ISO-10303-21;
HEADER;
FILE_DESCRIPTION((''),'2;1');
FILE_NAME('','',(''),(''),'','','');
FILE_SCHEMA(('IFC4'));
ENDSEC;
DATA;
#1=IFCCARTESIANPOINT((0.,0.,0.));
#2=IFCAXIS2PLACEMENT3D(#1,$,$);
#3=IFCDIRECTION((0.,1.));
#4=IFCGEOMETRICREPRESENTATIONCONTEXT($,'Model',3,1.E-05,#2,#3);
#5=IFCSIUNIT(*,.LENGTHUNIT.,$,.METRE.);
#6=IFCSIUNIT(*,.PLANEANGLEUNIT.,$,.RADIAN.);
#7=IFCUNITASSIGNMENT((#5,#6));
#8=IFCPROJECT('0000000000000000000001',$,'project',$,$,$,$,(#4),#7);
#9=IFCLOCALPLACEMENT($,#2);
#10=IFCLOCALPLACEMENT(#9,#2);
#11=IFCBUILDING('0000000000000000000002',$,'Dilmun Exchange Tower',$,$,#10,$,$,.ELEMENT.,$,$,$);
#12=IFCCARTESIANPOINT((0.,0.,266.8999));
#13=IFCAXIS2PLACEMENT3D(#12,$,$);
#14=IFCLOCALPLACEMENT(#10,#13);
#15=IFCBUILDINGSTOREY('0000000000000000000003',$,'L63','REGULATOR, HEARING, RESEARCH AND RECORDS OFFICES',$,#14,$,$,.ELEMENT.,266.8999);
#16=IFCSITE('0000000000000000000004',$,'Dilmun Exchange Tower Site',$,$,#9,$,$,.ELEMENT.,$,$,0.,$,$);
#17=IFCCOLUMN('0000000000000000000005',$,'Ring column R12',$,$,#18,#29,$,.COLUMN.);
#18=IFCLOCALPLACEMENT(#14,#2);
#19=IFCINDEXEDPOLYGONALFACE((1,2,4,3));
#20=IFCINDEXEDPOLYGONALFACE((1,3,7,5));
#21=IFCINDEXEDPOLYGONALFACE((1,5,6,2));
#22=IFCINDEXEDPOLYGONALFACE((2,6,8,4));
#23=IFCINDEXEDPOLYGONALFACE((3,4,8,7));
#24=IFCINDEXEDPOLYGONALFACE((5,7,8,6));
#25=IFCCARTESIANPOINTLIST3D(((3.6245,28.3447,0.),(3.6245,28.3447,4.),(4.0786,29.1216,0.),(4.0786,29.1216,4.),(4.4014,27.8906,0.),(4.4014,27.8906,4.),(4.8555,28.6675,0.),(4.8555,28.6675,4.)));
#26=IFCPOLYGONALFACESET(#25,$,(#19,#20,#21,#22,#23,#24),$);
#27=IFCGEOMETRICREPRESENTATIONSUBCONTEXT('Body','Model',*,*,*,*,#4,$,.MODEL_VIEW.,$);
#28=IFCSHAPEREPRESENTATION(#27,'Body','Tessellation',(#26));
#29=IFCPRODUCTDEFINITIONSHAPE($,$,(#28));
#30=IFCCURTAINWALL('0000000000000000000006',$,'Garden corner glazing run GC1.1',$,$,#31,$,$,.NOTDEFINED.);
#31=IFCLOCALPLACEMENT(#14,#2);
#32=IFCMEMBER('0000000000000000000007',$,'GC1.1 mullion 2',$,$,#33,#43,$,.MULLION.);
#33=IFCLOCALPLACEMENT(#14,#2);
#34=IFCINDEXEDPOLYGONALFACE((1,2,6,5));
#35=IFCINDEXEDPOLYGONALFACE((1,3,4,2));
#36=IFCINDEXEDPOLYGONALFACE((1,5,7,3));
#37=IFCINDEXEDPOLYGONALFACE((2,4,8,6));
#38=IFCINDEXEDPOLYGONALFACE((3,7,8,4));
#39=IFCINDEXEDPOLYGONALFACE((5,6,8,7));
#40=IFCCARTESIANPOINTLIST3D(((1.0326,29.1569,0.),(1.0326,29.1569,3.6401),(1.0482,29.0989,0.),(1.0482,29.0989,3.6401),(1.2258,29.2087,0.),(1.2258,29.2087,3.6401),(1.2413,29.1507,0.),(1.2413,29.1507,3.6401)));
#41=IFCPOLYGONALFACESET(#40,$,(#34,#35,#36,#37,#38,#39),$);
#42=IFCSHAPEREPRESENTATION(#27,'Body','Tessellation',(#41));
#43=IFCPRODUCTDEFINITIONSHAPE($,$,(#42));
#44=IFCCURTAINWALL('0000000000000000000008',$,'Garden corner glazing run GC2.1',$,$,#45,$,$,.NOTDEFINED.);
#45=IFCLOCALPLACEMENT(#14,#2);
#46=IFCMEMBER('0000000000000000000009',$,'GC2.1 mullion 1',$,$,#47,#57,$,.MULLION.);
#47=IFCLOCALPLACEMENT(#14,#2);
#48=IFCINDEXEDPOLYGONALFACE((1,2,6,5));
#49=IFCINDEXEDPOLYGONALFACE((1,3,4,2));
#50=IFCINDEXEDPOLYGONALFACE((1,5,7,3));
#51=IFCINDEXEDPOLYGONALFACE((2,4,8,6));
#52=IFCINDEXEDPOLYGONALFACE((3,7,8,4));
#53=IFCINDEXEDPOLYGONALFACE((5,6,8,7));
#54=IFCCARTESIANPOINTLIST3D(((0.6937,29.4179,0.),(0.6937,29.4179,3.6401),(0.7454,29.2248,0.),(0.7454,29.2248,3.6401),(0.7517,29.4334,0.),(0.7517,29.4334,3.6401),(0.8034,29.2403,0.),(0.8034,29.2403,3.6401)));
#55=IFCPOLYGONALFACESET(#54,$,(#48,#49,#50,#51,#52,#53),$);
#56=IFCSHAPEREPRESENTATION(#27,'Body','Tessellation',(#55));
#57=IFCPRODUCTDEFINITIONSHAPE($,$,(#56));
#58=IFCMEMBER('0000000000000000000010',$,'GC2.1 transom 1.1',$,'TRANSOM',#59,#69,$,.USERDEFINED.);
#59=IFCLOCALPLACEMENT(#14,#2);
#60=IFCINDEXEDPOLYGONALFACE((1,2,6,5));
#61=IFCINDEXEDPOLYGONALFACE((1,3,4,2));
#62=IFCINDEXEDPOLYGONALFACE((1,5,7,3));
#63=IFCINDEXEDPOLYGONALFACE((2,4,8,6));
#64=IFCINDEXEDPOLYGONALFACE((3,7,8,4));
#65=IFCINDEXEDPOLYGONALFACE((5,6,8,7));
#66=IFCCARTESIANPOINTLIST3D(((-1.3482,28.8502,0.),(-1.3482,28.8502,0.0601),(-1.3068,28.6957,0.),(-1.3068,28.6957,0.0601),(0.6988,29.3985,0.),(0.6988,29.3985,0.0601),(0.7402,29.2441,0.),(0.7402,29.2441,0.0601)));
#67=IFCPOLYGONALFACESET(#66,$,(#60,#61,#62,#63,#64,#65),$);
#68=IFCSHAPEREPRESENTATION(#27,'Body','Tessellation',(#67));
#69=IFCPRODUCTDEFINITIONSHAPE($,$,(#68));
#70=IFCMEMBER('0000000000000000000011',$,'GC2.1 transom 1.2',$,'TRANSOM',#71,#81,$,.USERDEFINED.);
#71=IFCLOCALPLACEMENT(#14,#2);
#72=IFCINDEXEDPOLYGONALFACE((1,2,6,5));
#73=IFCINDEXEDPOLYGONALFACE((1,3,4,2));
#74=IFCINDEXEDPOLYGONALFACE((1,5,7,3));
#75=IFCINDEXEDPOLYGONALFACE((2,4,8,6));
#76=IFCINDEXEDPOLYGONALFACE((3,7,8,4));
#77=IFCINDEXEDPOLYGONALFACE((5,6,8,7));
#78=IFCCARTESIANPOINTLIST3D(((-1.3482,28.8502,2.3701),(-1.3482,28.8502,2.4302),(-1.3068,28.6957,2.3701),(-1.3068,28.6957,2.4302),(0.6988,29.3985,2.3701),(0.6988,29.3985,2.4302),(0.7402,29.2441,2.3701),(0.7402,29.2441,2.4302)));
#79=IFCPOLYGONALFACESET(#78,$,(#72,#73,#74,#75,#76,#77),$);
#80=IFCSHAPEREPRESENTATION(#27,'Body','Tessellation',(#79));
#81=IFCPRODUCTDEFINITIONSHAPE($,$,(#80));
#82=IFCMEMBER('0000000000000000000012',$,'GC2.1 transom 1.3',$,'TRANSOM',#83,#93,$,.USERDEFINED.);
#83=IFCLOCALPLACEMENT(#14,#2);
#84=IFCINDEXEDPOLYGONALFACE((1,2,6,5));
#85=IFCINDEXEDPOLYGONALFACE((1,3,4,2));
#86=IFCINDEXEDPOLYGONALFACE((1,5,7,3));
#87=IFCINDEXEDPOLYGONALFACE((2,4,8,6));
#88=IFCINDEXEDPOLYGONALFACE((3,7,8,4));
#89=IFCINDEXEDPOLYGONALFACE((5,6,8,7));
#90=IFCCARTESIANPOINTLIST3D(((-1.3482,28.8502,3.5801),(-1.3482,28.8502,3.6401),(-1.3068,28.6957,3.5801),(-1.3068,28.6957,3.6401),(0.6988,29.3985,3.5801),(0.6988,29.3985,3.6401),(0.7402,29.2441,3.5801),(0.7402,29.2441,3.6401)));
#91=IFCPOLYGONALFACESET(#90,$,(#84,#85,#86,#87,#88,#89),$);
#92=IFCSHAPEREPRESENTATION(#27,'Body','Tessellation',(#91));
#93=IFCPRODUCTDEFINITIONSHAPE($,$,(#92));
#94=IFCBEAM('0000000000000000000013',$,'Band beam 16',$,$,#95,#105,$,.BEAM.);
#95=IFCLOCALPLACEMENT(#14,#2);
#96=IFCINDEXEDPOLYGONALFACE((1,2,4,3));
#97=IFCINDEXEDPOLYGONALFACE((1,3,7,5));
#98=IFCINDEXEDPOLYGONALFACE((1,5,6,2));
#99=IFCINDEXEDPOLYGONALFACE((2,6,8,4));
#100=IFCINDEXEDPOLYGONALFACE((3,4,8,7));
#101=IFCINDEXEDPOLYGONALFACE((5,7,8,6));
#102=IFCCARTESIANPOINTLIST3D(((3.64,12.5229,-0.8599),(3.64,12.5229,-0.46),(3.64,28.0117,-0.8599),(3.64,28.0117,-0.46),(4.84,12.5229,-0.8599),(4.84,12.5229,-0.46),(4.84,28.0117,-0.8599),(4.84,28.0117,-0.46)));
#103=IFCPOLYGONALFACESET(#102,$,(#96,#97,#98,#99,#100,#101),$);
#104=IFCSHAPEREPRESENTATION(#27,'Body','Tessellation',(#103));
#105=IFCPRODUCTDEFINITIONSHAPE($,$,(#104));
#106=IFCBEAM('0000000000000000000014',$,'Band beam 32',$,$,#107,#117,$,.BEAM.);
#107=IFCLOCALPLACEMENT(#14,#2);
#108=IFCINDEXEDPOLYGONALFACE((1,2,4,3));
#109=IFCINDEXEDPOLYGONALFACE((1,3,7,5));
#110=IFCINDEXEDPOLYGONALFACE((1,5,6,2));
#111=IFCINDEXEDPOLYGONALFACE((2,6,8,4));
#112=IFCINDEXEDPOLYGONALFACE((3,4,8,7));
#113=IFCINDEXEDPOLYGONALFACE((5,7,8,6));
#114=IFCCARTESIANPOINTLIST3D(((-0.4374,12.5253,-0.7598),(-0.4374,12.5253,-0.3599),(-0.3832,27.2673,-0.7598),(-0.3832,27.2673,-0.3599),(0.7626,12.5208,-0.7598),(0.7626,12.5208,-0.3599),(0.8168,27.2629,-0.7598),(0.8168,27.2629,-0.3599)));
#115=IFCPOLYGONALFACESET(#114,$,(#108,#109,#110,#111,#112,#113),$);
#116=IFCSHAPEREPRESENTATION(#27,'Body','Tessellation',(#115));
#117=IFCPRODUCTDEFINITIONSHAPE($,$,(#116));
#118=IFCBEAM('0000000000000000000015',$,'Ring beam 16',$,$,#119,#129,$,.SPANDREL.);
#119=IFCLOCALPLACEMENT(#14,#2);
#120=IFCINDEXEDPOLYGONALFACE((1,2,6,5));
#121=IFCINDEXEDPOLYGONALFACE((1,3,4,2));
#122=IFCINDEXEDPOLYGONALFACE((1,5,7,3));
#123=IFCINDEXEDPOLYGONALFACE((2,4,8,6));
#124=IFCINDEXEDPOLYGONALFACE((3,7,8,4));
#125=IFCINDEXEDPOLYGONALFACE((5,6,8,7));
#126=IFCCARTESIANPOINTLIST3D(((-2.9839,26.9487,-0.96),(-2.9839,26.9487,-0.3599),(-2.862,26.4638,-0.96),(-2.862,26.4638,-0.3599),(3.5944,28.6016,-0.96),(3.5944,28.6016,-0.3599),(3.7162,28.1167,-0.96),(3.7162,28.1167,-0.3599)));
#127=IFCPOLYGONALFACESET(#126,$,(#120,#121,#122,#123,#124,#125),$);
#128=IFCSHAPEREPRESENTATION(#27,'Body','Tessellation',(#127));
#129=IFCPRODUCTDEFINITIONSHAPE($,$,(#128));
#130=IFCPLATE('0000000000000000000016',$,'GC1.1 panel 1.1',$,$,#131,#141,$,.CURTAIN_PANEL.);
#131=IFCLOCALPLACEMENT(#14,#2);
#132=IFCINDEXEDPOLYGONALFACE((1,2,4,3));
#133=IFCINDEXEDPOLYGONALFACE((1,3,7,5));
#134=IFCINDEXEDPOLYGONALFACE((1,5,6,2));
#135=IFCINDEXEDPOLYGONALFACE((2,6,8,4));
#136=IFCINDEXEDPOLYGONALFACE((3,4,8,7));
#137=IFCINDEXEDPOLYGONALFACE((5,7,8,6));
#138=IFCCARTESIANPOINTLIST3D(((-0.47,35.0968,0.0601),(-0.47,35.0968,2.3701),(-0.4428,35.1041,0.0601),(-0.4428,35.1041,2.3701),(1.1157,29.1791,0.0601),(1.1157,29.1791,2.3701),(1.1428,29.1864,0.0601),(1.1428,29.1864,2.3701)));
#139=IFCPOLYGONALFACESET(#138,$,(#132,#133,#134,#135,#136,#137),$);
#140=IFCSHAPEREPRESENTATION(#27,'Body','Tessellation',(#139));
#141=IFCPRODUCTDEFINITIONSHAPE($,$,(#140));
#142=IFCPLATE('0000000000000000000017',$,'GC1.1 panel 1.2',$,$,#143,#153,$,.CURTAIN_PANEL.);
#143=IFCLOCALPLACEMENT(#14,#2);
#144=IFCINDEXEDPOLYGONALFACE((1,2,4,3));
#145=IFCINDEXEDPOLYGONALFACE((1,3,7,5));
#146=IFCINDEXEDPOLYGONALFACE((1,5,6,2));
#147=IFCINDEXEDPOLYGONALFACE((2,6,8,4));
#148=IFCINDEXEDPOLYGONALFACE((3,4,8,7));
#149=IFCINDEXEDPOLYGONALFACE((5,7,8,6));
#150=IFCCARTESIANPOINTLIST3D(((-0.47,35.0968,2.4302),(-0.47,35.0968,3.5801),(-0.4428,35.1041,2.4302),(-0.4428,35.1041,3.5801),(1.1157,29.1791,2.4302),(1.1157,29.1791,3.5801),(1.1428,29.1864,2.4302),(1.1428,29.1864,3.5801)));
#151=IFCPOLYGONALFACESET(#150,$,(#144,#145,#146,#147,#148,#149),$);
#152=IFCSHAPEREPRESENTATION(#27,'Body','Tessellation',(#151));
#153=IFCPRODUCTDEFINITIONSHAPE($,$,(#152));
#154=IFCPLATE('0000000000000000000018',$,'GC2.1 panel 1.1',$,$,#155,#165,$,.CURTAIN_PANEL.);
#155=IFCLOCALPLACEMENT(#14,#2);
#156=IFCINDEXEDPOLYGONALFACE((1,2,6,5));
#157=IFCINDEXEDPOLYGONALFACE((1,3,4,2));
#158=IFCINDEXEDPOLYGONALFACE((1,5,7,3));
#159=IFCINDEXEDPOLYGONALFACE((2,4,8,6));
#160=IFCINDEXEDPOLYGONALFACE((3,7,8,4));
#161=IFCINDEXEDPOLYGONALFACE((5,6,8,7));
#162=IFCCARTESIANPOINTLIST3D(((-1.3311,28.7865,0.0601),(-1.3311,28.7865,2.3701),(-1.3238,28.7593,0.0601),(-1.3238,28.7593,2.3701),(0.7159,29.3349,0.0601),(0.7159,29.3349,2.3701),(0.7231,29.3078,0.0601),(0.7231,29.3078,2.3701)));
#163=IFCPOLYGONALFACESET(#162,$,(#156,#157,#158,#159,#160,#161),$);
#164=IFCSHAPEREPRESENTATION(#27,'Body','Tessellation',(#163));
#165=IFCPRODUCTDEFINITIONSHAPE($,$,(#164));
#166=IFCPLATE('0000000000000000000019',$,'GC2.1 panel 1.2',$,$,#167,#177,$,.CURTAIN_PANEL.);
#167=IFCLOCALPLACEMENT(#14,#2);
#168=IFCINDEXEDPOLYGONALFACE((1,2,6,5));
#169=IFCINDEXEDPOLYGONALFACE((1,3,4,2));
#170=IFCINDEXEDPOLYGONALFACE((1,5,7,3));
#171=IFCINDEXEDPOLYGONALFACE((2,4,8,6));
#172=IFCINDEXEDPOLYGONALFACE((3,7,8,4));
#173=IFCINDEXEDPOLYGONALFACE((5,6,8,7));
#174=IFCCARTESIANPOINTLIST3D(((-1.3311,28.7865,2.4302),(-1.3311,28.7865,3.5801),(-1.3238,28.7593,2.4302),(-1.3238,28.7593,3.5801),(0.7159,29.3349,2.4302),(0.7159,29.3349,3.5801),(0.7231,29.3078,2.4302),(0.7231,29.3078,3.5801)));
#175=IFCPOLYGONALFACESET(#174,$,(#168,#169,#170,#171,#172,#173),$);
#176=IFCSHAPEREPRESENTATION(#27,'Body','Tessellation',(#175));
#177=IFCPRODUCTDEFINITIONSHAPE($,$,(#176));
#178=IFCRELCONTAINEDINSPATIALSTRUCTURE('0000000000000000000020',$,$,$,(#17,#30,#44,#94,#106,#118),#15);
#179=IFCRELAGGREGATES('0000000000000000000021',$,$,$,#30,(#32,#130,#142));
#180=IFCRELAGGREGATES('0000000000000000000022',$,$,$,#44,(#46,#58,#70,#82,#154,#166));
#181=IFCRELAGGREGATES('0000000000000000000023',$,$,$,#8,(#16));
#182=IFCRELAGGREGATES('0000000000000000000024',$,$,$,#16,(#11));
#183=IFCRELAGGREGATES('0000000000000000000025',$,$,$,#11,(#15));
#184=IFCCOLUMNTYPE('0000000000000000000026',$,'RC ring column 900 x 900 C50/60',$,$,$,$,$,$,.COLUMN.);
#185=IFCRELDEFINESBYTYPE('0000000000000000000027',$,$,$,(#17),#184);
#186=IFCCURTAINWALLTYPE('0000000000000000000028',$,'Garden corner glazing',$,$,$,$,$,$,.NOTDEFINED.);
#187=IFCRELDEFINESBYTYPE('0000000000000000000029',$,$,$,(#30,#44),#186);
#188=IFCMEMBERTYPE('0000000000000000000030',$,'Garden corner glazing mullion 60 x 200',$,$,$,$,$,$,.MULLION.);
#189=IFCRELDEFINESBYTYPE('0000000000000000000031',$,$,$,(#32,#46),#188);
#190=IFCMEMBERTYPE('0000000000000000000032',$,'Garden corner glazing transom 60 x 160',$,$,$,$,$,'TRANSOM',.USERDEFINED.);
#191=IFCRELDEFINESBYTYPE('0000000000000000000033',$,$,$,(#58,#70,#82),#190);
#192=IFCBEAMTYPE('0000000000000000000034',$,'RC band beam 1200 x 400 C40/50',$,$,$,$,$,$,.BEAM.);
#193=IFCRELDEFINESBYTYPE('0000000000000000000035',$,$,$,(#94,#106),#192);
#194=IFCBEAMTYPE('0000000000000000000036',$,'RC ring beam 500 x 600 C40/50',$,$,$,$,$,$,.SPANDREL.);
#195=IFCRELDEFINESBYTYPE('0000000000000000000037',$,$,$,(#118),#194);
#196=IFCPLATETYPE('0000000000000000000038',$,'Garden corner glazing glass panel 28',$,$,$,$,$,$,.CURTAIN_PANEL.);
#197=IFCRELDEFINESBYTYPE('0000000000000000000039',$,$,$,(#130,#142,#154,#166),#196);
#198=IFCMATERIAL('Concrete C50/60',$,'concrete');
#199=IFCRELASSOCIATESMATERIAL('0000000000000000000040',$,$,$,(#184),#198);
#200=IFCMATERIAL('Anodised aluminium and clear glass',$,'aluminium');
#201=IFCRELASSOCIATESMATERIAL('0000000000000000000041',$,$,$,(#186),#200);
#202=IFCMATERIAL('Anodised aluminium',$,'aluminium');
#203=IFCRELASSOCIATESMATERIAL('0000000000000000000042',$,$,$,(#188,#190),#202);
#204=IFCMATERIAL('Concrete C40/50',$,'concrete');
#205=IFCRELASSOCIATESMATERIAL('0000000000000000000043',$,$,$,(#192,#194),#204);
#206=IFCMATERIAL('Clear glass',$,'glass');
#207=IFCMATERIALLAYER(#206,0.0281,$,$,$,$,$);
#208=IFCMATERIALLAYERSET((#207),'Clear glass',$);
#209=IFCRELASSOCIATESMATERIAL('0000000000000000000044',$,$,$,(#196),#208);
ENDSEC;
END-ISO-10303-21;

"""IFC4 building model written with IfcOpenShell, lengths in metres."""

from ifc_helpers import new_model, si_unit, direction, frame, origin, origin_2d, place, context, subcontext, project, spatial, rectangle, extrude, material, layer, layer_set, material_profile, profile_set, type_object, element, aggregate, save


model = new_model("IFC4")

# Units and contexts
model_context = context("Model", 3, precision=1e-05, world=origin(), true_north=direction((0.0, 1.0)))
body_context = subcontext(model_context, "Body", "Model", "MODEL_VIEW")
ifc_project = project(units=[si_unit("LENGTHUNIT", "METRE"), si_unit("PLANEANGLEUNIT", "RADIAN")], contexts=[model_context])

# Site, building, storey
site_placement = place(None, origin())
site = spatial("IfcSite", under=ifc_project, at=site_placement, Name="Dilmun Exchange Tower Site", CompositionType="ELEMENT", RefElevation=0.0)
building_placement = place(site_placement, origin())
building = spatial("IfcBuilding", under=site, at=building_placement, Name="Dilmun Exchange Tower", CompositionType="ELEMENT")
storey_placement = place(building_placement, frame((0.0, 0.0, 266.8999)))
storey = spatial("IfcBuildingStorey", under=building, at=storey_placement, Name="L63", Description="REGULATOR, HEARING, RESEARCH AND RECORDS OFFICES", CompositionType="ELEMENT", Elevation=266.8999)

# Column
ifc_material_1 = material(Name="Concrete C50/60", Category="concrete")
ifc_material_profile_1 = material_profile(ifc_material_1, rectangle(XDim=0.8999, YDim=0.8999, at=origin_2d()), Name="900 x 900")
ifc_profile_set_1 = profile_set([ifc_material_profile_1], Name="Concrete C50/60")
column_type = type_object("IfcColumnType", Name="RC ring column 900 x 900 C50/60", PredefinedType="COLUMN", material=ifc_profile_set_1)
column_placement = place(storey_placement, frame((4.24, 28.5061, 0.0), z_axis=(0.0, 0.0, 1.0), x_axis=(0.504644, 0.863328, 0.0)))
element("IfcColumn", 1, at=column_placement, inside=storey, type_object=column_type, Name="Ring column R12", PredefinedType="COLUMN", context=body_context, shape_type="SweptSolid", body=[
    extrude(rectangle(XDim=0.8999, YDim=0.8999, at=origin_2d()), origin(), (0.0, 0.0, 1.0), 4.0),
])

# Curtain wall, member
ifc_material_2 = material(Name="Anodised aluminium and clear glass", Category="aluminium")
curtain_wall_type = type_object("IfcCurtainWallType", Name="Garden corner glazing", PredefinedType="NOTDEFINED", material=ifc_material_2)
curtain_wall_1_placement = place(storey_placement, origin())
curtain_wall_1 = element("IfcCurtainWall", 2, at=curtain_wall_1_placement, inside=storey, type_object=curtain_wall_type, Name="Garden corner glazing run GC1.1", PredefinedType="NOTDEFINED")
ifc_material_3 = material(Name="Anodised aluminium", Category="aluminium")
ifc_material_profile_2 = material_profile(ifc_material_3, rectangle(XDim=0.2, YDim=0.0601, at=origin_2d()), Name="AL 60x200")
ifc_profile_set_2 = profile_set([ifc_material_profile_2], Name="Anodised aluminium")
member_type_1 = type_object("IfcMemberType", Name="Garden corner glazing mullion 60 x 200", PredefinedType="MULLION", material=ifc_profile_set_2)
member_1_placement = place(storey_placement, frame((1.137, 29.1538, 0.0), z_axis=(0.0, 0.0, 1.0), x_axis=(0.965926, 0.258819, 0.0)))
member_1 = element("IfcMember", 3, at=member_1_placement, type_object=member_type_1, Name="GC1.1 mullion 2", PredefinedType="MULLION", context=body_context, shape_type="SweptSolid", body=[
    extrude(rectangle(XDim=0.2, YDim=0.0601, at=origin_2d()), origin(), (0.0, 0.0, 1.0), 3.6401),
])

# Curtain wall, members
curtain_wall_2_placement = place(storey_placement, origin())
curtain_wall_2 = element("IfcCurtainWall", 4, at=curtain_wall_2_placement, inside=storey, type_object=curtain_wall_type, Name="Garden corner glazing run GC2.1", PredefinedType="NOTDEFINED")
member_2_placement = place(storey_placement, frame((0.7485, 29.3291, 0.0), z_axis=(0.0, 0.0, 1.0), x_axis=(0.25881, -0.965928, 0.0)))
member_2 = element("IfcMember", 5, at=member_2_placement, type_object=member_type_1, Name="GC2.1 mullion 1", PredefinedType="MULLION", context=body_context, shape_type="SweptSolid", body=[
    extrude(rectangle(XDim=0.2, YDim=0.0601, at=origin_2d()), origin(), (0.0, 0.0, 1.0), 3.6401),
])
ifc_material_profile_3 = material_profile(ifc_material_3, rectangle(XDim=0.1599, YDim=0.0601, at=origin_2d()), Name="AL 60x160")
ifc_profile_set_3 = profile_set([ifc_material_profile_3], Name="Anodised aluminium")
member_type_2 = type_object("IfcMemberType", Name="Garden corner glazing transom 60 x 160", ElementType="TRANSOM", PredefinedType="USERDEFINED", material=ifc_profile_set_3)
member_3_placement = place(storey_placement, frame((0.7195, 29.3213, 0.03), z_axis=(-0.96594, -0.258767, 0.0), x_axis=(0.258767, -0.96594, 0.0)))
member_3 = element("IfcMember", 6, at=member_3_placement, type_object=member_type_2, Name="GC2.1 transom 1.1", ObjectType="TRANSOM", PredefinedType="USERDEFINED", context=body_context, shape_type="SweptSolid", body=[
    extrude(rectangle(XDim=0.1599, YDim=0.0601, at=origin_2d()), origin(), (0.0, 0.0, 1.0), 2.1191),
])
member_4_placement = place(storey_placement, frame((0.7195, 29.3213, 2.4001), z_axis=(-0.96594, -0.258767, 0.0), x_axis=(0.258767, -0.96594, 0.0)))
member_4 = element("IfcMember", 7, at=member_4_placement, type_object=member_type_2, Name="GC2.1 transom 1.2", ObjectType="TRANSOM", PredefinedType="USERDEFINED", context=body_context, shape_type="SweptSolid", body=[
    extrude(rectangle(XDim=0.1599, YDim=0.0601, at=origin_2d()), origin(), (0.0, 0.0, 1.0), 2.1191),
])
member_5_placement = place(storey_placement, frame((0.7195, 29.3213, 3.6101), z_axis=(-0.96594, -0.258767, 0.0), x_axis=(0.258767, -0.96594, 0.0)))
member_5 = element("IfcMember", 8, at=member_5_placement, type_object=member_type_2, Name="GC2.1 transom 1.3", ObjectType="TRANSOM", PredefinedType="USERDEFINED", context=body_context, shape_type="SweptSolid", body=[
    extrude(rectangle(XDim=0.1599, YDim=0.0601, at=origin_2d()), origin(), (0.0, 0.0, 1.0), 2.1191),
])

# Beams
ifc_material_4 = material(Name="Concrete C40/50", Category="concrete")
ifc_material_profile_4 = material_profile(ifc_material_4, rectangle(XDim=1.2, YDim=0.3999, at=origin_2d()), Name="1200 x 400")
ifc_profile_set_4 = profile_set([ifc_material_profile_4], Name="Concrete C40/50")
beam_type_1 = type_object("IfcBeamType", Name="RC band beam 1200 x 400 C40/50", PredefinedType="BEAM", material=ifc_profile_set_4)
beam_1_placement = place(storey_placement, frame((4.24, 28.0117, -0.6599), z_axis=(0.0, -1.0, 0.0), x_axis=(1.0, 0.0, 0.0)))
element("IfcBeam", 9, at=beam_1_placement, inside=storey, type_object=beam_type_1, Name="Band beam 16", PredefinedType="BEAM", context=body_context, shape_type="SweptSolid", body=[
    extrude(rectangle(XDim=1.2, YDim=0.3999, at=origin_2d()), origin(), (0.0, 0.0, 1.0), 15.4888),
])
beam_2_placement = place(storey_placement, frame((0.2168, 27.2651, -0.5598), z_axis=(-0.003676, -0.999993, 0.0), x_axis=(0.999993, -0.003676, 0.0)))
element("IfcBeam", 10, at=beam_2_placement, inside=storey, type_object=beam_type_1, Name="Band beam 32", PredefinedType="BEAM", context=body_context, shape_type="SweptSolid", body=[
    extrude(rectangle(XDim=1.2, YDim=0.3999, at=origin_2d()), origin(), (0.0, 0.0, 1.0), 14.7422),
])
ifc_material_profile_5 = material_profile(ifc_material_4, rectangle(XDim=0.5, YDim=0.6001, at=origin_2d()), Name="500 x 600")
ifc_profile_set_5 = profile_set([ifc_material_profile_5], Name="Concrete C40/50")
beam_type_2 = type_object("IfcBeamType", Name="RC ring beam 500 x 600 C40/50", PredefinedType="SPANDREL", material=ifc_profile_set_5)
beam_3_placement = place(storey_placement, frame((3.6553, 28.3591, -0.6599), z_axis=(-0.969854, -0.243687, 0.0), x_axis=(0.243687, -0.969854, 0.0)))
element("IfcBeam", 11, at=beam_3_placement, inside=storey, type_object=beam_type_2, Name="Ring beam 16", PredefinedType="SPANDREL", context=body_context, shape_type="SweptSolid", body=[
    extrude(rectangle(XDim=0.5, YDim=0.6001, at=origin_2d()), origin(), (0.0, 0.0, 1.0), 6.7827),
])

# Plates
ifc_material_5 = material(Name="Clear glass", Category="glass")
ifc_layer_1 = layer(ifc_material_5, 0.0281)
ifc_layer_set_1 = layer_set([ifc_layer_1], Name="Clear glass")
plate_type = type_object("IfcPlateType", Name="Garden corner glazing glass panel 28", PredefinedType="CURTAIN_PANEL", material=ifc_layer_set_1)
plate_1_placement = place(storey_placement, frame((0.3364, 32.1416, 0.0601), z_axis=(0.0, 0.0, 1.0), x_axis=(0.258819, -0.965926, 0.0)))
plate_1 = element("IfcPlate", 12, at=plate_1_placement, type_object=plate_type, Name="GC1.1 panel 1.1", PredefinedType="CURTAIN_PANEL", context=body_context, shape_type="SweptSolid", body=[
    extrude(rectangle(XDim=6.1265, YDim=0.0281, at=origin_2d()), origin(), (0.0, 0.0, 1.0), 2.3101),
])
plate_2_placement = place(storey_placement, frame((0.3364, 32.1416, 2.4302), z_axis=(0.0, 0.0, 1.0), x_axis=(0.258819, -0.965926, 0.0)))
plate_2 = element("IfcPlate", 13, at=plate_2_placement, type_object=plate_type, Name="GC1.1 panel 1.2", PredefinedType="CURTAIN_PANEL", context=body_context, shape_type="SweptSolid", body=[
    extrude(rectangle(XDim=6.1265, YDim=0.0281, at=origin_2d()), origin(), (0.0, 0.0, 1.0), 1.1499),
])
aggregate(curtain_wall_1, [member_1, plate_1, plate_2])
plate_3_placement = place(storey_placement, frame((-0.304, 29.0471, 0.0601), z_axis=(0.0, 0.0, 1.0), x_axis=(-0.965928, -0.25881, 0.0)))
plate_3 = element("IfcPlate", 14, at=plate_3_placement, type_object=plate_type, Name="GC2.1 panel 1.1", PredefinedType="CURTAIN_PANEL", context=body_context, shape_type="SweptSolid", body=[
    extrude(rectangle(XDim=2.1191, YDim=0.0281, at=origin_2d()), origin(), (0.0, 0.0, 1.0), 2.3101),
])
plate_4_placement = place(storey_placement, frame((-0.304, 29.0471, 2.4302), z_axis=(0.0, 0.0, 1.0), x_axis=(-0.965928, -0.25881, 0.0)))
plate_4 = element("IfcPlate", 15, at=plate_4_placement, type_object=plate_type, Name="GC2.1 panel 1.2", PredefinedType="CURTAIN_PANEL", context=body_context, shape_type="SweptSolid", body=[
    extrude(rectangle(XDim=2.1191, YDim=0.0281, at=origin_2d()), origin(), (0.0, 0.0, 1.0), 1.1499),
])
aggregate(curtain_wall_2, [member_2, member_3, member_4, member_5, plate_3, plate_4])

save(model, "model.ifc")
